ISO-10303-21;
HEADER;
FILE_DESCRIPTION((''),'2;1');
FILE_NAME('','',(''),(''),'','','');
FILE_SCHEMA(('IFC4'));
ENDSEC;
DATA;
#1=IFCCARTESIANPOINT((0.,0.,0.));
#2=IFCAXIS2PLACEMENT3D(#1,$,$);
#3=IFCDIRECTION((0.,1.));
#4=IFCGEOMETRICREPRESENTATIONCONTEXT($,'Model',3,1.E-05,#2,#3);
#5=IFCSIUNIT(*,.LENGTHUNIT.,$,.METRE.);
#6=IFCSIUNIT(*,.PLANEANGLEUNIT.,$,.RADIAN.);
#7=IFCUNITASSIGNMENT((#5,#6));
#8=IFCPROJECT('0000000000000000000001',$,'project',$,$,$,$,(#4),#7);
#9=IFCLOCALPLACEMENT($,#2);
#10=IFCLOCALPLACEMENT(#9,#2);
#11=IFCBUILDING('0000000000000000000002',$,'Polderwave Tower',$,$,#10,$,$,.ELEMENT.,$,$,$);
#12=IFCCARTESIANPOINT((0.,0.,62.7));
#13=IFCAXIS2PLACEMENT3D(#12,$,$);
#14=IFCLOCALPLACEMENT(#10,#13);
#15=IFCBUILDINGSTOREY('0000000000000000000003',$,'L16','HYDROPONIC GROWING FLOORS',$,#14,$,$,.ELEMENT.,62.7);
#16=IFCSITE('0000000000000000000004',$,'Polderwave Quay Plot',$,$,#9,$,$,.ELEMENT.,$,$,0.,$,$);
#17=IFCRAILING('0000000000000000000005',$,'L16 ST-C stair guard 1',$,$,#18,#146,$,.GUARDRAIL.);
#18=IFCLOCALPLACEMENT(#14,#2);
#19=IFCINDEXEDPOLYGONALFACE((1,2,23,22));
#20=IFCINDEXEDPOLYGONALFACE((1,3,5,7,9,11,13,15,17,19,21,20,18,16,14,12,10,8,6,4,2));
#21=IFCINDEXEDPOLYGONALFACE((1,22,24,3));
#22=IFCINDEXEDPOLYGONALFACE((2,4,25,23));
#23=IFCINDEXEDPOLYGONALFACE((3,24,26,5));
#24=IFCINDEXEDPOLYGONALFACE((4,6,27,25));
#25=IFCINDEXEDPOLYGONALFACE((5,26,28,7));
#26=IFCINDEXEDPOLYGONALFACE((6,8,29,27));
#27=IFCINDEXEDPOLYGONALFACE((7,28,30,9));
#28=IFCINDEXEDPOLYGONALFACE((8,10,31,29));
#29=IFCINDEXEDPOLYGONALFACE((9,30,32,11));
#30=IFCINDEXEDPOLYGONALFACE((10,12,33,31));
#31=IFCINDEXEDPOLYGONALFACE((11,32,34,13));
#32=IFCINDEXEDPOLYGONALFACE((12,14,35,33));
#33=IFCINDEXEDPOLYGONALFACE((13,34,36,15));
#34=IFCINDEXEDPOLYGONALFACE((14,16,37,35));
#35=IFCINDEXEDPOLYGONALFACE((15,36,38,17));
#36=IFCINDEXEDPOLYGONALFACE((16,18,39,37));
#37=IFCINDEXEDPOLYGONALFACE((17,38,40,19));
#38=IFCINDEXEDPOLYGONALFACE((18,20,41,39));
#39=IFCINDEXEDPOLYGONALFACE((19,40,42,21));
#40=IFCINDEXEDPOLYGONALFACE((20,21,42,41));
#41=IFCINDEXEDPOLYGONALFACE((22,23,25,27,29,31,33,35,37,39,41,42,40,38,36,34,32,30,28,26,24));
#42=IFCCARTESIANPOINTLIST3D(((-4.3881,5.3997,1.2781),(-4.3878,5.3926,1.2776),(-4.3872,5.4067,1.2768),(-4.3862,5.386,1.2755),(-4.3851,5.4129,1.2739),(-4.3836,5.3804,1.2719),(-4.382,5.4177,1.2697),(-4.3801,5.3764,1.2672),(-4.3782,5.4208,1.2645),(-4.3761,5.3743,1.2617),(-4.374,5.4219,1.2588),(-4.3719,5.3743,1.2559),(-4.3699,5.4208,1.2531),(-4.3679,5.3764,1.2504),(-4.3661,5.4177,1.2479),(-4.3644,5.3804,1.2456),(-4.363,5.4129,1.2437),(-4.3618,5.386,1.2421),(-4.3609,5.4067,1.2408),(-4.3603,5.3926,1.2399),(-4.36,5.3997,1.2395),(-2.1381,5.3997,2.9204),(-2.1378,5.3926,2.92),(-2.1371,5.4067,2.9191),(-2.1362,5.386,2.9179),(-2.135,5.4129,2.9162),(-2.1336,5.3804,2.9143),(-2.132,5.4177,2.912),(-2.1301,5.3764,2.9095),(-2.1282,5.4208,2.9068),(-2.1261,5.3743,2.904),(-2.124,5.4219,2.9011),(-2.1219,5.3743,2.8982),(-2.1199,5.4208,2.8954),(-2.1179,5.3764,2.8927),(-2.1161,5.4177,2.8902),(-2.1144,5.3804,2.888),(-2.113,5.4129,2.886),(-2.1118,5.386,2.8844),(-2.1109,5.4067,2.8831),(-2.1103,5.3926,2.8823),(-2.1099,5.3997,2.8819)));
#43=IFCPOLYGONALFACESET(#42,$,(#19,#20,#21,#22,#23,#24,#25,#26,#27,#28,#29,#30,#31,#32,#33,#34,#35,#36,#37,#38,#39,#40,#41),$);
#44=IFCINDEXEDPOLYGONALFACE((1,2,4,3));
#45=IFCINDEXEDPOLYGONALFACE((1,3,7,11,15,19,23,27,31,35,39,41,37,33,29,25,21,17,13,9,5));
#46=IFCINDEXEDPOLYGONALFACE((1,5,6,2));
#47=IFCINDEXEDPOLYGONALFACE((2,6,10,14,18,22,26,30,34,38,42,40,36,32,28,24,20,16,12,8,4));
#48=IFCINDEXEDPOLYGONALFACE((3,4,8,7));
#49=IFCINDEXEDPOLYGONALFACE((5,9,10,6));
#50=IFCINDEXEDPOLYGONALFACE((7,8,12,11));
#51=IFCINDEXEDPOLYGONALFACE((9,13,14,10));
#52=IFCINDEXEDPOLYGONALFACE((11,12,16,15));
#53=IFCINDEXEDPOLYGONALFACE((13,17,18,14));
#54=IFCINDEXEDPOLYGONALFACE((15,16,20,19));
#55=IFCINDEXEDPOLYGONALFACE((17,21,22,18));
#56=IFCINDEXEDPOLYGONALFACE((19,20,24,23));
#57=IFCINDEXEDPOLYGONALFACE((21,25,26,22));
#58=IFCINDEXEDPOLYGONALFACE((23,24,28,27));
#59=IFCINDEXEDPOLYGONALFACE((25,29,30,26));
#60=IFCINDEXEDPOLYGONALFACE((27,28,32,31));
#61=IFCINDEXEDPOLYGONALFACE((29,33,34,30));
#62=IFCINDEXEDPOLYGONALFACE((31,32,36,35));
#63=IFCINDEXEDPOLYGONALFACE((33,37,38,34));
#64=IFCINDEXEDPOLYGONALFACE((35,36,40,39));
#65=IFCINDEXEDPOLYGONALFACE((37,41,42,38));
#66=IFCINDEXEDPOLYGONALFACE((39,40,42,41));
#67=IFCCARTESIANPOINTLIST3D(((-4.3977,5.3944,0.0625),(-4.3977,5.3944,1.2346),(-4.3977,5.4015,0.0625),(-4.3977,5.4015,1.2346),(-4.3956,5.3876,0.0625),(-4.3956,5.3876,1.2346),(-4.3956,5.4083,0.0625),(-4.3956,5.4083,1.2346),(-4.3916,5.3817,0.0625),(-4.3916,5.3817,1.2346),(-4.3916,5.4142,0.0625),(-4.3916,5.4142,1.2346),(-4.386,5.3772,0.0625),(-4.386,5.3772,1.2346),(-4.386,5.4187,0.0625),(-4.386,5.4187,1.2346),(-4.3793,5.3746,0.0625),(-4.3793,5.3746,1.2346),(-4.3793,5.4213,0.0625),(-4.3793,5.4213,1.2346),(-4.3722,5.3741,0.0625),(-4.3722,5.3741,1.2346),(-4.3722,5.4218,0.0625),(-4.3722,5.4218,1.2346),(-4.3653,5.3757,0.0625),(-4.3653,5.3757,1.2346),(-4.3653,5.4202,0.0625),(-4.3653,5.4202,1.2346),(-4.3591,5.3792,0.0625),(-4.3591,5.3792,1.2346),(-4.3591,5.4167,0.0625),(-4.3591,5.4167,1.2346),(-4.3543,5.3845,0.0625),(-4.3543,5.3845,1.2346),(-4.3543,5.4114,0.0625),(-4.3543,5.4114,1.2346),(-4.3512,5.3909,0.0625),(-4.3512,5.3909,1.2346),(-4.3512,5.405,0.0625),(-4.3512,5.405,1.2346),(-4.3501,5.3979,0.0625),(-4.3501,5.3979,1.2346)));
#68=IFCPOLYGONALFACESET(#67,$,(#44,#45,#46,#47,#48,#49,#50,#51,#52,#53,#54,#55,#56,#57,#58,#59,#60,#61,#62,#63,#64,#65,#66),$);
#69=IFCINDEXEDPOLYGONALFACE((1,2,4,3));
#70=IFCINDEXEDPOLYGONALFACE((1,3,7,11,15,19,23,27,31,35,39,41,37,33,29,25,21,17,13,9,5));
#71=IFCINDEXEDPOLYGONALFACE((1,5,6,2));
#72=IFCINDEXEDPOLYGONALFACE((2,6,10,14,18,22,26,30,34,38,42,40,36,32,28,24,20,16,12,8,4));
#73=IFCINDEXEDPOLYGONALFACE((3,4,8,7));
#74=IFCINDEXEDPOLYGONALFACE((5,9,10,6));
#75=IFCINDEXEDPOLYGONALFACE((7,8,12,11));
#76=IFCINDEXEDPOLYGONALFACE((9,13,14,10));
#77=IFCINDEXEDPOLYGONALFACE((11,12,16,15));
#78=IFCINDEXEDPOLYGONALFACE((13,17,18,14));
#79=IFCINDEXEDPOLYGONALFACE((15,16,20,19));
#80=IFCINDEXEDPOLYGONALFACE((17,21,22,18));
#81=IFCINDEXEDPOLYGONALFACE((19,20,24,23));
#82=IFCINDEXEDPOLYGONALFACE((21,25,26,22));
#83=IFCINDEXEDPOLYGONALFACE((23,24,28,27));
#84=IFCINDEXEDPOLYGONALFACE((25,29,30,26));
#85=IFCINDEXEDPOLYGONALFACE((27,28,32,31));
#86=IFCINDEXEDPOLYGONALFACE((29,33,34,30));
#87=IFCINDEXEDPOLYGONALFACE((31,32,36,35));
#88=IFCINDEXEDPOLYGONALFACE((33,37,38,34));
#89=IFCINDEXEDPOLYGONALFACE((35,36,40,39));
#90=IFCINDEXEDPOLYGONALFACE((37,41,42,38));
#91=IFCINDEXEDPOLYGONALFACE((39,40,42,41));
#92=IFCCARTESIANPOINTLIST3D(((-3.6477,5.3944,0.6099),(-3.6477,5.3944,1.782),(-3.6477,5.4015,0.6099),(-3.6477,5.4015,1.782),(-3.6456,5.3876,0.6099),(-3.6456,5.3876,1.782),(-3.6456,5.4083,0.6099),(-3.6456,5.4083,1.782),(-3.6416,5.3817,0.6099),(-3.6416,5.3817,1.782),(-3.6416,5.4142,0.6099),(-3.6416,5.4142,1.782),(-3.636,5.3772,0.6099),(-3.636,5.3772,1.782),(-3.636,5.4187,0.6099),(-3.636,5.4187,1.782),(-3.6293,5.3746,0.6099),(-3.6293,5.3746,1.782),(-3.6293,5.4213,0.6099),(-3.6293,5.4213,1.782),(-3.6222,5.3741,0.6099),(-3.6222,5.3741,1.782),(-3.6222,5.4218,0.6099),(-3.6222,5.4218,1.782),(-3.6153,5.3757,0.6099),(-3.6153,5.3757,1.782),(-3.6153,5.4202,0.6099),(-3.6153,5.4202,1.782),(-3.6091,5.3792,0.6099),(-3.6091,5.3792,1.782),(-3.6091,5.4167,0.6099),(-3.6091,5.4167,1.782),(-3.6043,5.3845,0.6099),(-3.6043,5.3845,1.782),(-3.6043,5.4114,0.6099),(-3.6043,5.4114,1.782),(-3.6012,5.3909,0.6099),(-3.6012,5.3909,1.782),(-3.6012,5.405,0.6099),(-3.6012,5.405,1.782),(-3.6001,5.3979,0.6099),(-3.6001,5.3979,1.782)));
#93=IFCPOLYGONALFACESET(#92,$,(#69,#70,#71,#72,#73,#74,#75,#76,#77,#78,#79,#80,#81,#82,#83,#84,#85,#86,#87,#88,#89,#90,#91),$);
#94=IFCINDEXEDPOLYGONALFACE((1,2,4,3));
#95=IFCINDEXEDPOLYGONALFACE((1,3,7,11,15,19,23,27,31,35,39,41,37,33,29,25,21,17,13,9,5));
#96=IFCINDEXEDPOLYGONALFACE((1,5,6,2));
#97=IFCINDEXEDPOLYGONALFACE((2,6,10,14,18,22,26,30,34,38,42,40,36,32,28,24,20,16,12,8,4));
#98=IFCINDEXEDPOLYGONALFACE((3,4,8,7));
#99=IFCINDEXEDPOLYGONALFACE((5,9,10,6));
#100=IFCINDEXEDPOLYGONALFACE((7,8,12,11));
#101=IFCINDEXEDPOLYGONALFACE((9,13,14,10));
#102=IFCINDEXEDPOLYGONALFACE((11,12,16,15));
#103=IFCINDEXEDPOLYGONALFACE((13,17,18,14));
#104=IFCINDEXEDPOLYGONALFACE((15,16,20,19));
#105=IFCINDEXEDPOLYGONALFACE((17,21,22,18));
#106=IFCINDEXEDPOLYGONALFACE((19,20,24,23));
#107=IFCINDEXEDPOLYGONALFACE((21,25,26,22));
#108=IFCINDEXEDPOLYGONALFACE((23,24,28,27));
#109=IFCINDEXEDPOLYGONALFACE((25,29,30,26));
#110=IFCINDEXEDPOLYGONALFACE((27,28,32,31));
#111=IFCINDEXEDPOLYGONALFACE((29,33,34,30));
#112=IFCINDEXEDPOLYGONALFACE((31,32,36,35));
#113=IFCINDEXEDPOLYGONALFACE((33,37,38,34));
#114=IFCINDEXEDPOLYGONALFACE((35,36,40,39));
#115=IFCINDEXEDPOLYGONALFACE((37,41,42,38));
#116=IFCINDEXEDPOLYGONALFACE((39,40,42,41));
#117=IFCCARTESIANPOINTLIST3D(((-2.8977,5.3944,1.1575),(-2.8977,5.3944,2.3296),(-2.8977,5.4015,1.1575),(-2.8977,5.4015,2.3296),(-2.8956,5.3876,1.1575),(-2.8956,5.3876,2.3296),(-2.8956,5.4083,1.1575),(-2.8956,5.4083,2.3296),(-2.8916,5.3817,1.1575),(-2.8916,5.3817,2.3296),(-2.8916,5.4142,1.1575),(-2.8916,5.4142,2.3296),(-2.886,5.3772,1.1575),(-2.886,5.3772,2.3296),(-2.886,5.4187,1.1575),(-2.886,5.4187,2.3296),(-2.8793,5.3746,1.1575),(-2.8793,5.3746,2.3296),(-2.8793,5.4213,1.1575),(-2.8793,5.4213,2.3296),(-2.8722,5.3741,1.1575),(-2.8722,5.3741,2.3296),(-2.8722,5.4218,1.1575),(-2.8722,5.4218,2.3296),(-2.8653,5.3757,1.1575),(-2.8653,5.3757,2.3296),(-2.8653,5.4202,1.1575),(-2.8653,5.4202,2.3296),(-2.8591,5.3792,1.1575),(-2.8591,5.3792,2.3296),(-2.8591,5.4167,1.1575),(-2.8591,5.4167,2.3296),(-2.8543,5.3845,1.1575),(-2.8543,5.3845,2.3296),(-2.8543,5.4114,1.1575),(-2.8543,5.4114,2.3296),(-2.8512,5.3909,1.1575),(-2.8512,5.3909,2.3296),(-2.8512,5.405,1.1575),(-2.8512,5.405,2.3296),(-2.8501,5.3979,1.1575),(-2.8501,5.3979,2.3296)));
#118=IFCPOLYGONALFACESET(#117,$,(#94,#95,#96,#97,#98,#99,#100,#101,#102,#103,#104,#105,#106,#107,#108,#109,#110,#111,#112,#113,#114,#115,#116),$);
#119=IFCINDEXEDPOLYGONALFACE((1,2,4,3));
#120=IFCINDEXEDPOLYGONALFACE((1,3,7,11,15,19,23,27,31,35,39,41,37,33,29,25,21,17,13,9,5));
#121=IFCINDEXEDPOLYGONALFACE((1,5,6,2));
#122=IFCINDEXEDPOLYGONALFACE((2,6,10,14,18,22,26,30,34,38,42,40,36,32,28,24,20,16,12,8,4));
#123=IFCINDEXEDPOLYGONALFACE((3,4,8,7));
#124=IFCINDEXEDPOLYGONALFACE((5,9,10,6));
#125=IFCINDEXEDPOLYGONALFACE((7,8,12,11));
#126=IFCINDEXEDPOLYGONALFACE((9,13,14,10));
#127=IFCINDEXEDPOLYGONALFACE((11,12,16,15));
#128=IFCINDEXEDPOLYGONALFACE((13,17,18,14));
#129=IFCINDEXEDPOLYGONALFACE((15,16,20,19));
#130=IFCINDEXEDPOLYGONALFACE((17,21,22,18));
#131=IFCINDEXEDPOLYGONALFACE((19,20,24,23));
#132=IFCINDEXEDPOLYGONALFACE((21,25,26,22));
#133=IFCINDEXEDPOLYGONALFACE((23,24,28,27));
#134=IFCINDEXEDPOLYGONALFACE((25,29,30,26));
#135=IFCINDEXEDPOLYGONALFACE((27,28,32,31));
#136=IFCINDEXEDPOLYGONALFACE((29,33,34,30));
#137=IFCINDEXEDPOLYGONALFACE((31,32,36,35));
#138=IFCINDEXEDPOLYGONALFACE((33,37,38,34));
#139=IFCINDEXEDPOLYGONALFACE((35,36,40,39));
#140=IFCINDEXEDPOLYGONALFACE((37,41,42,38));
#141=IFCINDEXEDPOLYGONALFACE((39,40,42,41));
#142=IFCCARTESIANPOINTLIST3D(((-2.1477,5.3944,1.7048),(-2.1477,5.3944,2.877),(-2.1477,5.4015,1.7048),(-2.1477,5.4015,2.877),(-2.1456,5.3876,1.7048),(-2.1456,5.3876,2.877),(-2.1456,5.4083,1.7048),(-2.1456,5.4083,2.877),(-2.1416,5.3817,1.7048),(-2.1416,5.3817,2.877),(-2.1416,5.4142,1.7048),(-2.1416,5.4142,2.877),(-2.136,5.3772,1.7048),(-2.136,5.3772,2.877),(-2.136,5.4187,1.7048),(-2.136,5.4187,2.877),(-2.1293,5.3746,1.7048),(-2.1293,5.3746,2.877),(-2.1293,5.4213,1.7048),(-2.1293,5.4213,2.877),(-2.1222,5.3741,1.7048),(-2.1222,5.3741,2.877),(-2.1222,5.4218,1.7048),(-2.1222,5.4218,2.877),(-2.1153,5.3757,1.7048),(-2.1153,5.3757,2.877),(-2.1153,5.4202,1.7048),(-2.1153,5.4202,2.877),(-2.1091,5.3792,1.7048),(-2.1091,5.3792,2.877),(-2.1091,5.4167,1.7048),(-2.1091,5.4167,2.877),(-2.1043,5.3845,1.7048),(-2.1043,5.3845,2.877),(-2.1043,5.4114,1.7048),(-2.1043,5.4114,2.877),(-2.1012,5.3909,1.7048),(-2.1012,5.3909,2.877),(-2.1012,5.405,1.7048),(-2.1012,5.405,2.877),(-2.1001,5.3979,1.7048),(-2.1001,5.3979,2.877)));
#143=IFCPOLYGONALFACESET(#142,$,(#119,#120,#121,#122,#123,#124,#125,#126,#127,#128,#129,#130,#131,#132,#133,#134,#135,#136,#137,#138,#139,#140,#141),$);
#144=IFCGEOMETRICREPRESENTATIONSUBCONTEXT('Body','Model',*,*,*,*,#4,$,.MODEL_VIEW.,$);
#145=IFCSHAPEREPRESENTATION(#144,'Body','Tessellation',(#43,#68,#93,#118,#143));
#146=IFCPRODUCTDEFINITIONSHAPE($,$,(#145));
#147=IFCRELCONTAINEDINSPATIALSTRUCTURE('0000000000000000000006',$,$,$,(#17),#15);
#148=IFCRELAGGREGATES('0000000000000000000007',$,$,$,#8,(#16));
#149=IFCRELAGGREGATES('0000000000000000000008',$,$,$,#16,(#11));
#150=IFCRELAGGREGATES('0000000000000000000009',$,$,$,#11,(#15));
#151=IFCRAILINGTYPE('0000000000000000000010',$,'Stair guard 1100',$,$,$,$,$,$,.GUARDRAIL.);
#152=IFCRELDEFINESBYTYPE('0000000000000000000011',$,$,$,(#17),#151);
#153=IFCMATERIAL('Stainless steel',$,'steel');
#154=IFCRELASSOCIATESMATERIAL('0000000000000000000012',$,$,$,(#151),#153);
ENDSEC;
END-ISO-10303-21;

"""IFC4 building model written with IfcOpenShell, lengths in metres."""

from ifc_helpers import new_model, si_unit, direction, frame, origin, origin_2d, place, context, subcontext, project, spatial, circle, extrude, material, type_object, element, save


model = new_model("IFC4")

# Units and contexts
model_context = context("Model", 3, precision=1e-05, world=origin(), true_north=direction((0.0, 1.0)))
body_context = subcontext(model_context, "Body", "Model", "MODEL_VIEW")
ifc_project = project(units=[si_unit("LENGTHUNIT", "METRE"), si_unit("PLANEANGLEUNIT", "RADIAN")], contexts=[model_context])

# Site, building, storey
site_placement = place(None, origin())
site = spatial("IfcSite", under=ifc_project, at=site_placement, Name="Polderwave Quay Plot", CompositionType="ELEMENT", RefElevation=0.0)
building_placement = place(site_placement, origin())
building = spatial("IfcBuilding", under=site, at=building_placement, Name="Polderwave Tower", CompositionType="ELEMENT")
storey_placement = place(building_placement, frame((0.0, 0.0, 62.7)))
storey = spatial("IfcBuildingStorey", under=building, at=storey_placement, Name="L16", Description="HYDROPONIC GROWING FLOORS", CompositionType="ELEMENT", Elevation=62.7)

# Railing
ifc_material_1 = material(Name="Stainless steel", Category="steel")
railing_type_1 = type_object("IfcRailingType", Name="Stair guard 1100", PredefinedType="GUARDRAIL", material=ifc_material_1)
railing_1_placement = place(storey_placement, frame((-4.374, 5.3979, 0.0625)))
element("IfcRailing", 1, at=railing_1_placement, inside=storey, type_object=railing_type_1, Name="L16 ST-C stair guard 1", PredefinedType="GUARDRAIL", context=body_context, shape_type="SweptSolid", body=[
    extrude(circle(Radius=0.0239, at=origin_2d()), frame((0.0, 0.0, 1.1963), z_axis=(0.807715, 0.0, 0.589573), x_axis=(0.0, 1.0, 0.0)), (0.0, 0.0, 1.0), 2.7856),
    extrude(circle(Radius=0.0239, at=origin_2d()), origin(), (0.0, 0.0, 1.0), 1.1721),
    extrude(circle(Radius=0.0239, at=origin_2d()), frame((0.75, 0.0, 0.5474)), (0.0, 0.0, 1.0), 1.1721),
    extrude(circle(Radius=0.0239, at=origin_2d()), frame((1.5, 0.0, 1.095)), (0.0, 0.0, 1.0), 1.1721),
    extrude(circle(Radius=0.0239, at=origin_2d()), frame((2.25, 0.0, 1.6423)), (0.0, 0.0, 1.0), 1.1721),
])

save(model, "model.ifc")
